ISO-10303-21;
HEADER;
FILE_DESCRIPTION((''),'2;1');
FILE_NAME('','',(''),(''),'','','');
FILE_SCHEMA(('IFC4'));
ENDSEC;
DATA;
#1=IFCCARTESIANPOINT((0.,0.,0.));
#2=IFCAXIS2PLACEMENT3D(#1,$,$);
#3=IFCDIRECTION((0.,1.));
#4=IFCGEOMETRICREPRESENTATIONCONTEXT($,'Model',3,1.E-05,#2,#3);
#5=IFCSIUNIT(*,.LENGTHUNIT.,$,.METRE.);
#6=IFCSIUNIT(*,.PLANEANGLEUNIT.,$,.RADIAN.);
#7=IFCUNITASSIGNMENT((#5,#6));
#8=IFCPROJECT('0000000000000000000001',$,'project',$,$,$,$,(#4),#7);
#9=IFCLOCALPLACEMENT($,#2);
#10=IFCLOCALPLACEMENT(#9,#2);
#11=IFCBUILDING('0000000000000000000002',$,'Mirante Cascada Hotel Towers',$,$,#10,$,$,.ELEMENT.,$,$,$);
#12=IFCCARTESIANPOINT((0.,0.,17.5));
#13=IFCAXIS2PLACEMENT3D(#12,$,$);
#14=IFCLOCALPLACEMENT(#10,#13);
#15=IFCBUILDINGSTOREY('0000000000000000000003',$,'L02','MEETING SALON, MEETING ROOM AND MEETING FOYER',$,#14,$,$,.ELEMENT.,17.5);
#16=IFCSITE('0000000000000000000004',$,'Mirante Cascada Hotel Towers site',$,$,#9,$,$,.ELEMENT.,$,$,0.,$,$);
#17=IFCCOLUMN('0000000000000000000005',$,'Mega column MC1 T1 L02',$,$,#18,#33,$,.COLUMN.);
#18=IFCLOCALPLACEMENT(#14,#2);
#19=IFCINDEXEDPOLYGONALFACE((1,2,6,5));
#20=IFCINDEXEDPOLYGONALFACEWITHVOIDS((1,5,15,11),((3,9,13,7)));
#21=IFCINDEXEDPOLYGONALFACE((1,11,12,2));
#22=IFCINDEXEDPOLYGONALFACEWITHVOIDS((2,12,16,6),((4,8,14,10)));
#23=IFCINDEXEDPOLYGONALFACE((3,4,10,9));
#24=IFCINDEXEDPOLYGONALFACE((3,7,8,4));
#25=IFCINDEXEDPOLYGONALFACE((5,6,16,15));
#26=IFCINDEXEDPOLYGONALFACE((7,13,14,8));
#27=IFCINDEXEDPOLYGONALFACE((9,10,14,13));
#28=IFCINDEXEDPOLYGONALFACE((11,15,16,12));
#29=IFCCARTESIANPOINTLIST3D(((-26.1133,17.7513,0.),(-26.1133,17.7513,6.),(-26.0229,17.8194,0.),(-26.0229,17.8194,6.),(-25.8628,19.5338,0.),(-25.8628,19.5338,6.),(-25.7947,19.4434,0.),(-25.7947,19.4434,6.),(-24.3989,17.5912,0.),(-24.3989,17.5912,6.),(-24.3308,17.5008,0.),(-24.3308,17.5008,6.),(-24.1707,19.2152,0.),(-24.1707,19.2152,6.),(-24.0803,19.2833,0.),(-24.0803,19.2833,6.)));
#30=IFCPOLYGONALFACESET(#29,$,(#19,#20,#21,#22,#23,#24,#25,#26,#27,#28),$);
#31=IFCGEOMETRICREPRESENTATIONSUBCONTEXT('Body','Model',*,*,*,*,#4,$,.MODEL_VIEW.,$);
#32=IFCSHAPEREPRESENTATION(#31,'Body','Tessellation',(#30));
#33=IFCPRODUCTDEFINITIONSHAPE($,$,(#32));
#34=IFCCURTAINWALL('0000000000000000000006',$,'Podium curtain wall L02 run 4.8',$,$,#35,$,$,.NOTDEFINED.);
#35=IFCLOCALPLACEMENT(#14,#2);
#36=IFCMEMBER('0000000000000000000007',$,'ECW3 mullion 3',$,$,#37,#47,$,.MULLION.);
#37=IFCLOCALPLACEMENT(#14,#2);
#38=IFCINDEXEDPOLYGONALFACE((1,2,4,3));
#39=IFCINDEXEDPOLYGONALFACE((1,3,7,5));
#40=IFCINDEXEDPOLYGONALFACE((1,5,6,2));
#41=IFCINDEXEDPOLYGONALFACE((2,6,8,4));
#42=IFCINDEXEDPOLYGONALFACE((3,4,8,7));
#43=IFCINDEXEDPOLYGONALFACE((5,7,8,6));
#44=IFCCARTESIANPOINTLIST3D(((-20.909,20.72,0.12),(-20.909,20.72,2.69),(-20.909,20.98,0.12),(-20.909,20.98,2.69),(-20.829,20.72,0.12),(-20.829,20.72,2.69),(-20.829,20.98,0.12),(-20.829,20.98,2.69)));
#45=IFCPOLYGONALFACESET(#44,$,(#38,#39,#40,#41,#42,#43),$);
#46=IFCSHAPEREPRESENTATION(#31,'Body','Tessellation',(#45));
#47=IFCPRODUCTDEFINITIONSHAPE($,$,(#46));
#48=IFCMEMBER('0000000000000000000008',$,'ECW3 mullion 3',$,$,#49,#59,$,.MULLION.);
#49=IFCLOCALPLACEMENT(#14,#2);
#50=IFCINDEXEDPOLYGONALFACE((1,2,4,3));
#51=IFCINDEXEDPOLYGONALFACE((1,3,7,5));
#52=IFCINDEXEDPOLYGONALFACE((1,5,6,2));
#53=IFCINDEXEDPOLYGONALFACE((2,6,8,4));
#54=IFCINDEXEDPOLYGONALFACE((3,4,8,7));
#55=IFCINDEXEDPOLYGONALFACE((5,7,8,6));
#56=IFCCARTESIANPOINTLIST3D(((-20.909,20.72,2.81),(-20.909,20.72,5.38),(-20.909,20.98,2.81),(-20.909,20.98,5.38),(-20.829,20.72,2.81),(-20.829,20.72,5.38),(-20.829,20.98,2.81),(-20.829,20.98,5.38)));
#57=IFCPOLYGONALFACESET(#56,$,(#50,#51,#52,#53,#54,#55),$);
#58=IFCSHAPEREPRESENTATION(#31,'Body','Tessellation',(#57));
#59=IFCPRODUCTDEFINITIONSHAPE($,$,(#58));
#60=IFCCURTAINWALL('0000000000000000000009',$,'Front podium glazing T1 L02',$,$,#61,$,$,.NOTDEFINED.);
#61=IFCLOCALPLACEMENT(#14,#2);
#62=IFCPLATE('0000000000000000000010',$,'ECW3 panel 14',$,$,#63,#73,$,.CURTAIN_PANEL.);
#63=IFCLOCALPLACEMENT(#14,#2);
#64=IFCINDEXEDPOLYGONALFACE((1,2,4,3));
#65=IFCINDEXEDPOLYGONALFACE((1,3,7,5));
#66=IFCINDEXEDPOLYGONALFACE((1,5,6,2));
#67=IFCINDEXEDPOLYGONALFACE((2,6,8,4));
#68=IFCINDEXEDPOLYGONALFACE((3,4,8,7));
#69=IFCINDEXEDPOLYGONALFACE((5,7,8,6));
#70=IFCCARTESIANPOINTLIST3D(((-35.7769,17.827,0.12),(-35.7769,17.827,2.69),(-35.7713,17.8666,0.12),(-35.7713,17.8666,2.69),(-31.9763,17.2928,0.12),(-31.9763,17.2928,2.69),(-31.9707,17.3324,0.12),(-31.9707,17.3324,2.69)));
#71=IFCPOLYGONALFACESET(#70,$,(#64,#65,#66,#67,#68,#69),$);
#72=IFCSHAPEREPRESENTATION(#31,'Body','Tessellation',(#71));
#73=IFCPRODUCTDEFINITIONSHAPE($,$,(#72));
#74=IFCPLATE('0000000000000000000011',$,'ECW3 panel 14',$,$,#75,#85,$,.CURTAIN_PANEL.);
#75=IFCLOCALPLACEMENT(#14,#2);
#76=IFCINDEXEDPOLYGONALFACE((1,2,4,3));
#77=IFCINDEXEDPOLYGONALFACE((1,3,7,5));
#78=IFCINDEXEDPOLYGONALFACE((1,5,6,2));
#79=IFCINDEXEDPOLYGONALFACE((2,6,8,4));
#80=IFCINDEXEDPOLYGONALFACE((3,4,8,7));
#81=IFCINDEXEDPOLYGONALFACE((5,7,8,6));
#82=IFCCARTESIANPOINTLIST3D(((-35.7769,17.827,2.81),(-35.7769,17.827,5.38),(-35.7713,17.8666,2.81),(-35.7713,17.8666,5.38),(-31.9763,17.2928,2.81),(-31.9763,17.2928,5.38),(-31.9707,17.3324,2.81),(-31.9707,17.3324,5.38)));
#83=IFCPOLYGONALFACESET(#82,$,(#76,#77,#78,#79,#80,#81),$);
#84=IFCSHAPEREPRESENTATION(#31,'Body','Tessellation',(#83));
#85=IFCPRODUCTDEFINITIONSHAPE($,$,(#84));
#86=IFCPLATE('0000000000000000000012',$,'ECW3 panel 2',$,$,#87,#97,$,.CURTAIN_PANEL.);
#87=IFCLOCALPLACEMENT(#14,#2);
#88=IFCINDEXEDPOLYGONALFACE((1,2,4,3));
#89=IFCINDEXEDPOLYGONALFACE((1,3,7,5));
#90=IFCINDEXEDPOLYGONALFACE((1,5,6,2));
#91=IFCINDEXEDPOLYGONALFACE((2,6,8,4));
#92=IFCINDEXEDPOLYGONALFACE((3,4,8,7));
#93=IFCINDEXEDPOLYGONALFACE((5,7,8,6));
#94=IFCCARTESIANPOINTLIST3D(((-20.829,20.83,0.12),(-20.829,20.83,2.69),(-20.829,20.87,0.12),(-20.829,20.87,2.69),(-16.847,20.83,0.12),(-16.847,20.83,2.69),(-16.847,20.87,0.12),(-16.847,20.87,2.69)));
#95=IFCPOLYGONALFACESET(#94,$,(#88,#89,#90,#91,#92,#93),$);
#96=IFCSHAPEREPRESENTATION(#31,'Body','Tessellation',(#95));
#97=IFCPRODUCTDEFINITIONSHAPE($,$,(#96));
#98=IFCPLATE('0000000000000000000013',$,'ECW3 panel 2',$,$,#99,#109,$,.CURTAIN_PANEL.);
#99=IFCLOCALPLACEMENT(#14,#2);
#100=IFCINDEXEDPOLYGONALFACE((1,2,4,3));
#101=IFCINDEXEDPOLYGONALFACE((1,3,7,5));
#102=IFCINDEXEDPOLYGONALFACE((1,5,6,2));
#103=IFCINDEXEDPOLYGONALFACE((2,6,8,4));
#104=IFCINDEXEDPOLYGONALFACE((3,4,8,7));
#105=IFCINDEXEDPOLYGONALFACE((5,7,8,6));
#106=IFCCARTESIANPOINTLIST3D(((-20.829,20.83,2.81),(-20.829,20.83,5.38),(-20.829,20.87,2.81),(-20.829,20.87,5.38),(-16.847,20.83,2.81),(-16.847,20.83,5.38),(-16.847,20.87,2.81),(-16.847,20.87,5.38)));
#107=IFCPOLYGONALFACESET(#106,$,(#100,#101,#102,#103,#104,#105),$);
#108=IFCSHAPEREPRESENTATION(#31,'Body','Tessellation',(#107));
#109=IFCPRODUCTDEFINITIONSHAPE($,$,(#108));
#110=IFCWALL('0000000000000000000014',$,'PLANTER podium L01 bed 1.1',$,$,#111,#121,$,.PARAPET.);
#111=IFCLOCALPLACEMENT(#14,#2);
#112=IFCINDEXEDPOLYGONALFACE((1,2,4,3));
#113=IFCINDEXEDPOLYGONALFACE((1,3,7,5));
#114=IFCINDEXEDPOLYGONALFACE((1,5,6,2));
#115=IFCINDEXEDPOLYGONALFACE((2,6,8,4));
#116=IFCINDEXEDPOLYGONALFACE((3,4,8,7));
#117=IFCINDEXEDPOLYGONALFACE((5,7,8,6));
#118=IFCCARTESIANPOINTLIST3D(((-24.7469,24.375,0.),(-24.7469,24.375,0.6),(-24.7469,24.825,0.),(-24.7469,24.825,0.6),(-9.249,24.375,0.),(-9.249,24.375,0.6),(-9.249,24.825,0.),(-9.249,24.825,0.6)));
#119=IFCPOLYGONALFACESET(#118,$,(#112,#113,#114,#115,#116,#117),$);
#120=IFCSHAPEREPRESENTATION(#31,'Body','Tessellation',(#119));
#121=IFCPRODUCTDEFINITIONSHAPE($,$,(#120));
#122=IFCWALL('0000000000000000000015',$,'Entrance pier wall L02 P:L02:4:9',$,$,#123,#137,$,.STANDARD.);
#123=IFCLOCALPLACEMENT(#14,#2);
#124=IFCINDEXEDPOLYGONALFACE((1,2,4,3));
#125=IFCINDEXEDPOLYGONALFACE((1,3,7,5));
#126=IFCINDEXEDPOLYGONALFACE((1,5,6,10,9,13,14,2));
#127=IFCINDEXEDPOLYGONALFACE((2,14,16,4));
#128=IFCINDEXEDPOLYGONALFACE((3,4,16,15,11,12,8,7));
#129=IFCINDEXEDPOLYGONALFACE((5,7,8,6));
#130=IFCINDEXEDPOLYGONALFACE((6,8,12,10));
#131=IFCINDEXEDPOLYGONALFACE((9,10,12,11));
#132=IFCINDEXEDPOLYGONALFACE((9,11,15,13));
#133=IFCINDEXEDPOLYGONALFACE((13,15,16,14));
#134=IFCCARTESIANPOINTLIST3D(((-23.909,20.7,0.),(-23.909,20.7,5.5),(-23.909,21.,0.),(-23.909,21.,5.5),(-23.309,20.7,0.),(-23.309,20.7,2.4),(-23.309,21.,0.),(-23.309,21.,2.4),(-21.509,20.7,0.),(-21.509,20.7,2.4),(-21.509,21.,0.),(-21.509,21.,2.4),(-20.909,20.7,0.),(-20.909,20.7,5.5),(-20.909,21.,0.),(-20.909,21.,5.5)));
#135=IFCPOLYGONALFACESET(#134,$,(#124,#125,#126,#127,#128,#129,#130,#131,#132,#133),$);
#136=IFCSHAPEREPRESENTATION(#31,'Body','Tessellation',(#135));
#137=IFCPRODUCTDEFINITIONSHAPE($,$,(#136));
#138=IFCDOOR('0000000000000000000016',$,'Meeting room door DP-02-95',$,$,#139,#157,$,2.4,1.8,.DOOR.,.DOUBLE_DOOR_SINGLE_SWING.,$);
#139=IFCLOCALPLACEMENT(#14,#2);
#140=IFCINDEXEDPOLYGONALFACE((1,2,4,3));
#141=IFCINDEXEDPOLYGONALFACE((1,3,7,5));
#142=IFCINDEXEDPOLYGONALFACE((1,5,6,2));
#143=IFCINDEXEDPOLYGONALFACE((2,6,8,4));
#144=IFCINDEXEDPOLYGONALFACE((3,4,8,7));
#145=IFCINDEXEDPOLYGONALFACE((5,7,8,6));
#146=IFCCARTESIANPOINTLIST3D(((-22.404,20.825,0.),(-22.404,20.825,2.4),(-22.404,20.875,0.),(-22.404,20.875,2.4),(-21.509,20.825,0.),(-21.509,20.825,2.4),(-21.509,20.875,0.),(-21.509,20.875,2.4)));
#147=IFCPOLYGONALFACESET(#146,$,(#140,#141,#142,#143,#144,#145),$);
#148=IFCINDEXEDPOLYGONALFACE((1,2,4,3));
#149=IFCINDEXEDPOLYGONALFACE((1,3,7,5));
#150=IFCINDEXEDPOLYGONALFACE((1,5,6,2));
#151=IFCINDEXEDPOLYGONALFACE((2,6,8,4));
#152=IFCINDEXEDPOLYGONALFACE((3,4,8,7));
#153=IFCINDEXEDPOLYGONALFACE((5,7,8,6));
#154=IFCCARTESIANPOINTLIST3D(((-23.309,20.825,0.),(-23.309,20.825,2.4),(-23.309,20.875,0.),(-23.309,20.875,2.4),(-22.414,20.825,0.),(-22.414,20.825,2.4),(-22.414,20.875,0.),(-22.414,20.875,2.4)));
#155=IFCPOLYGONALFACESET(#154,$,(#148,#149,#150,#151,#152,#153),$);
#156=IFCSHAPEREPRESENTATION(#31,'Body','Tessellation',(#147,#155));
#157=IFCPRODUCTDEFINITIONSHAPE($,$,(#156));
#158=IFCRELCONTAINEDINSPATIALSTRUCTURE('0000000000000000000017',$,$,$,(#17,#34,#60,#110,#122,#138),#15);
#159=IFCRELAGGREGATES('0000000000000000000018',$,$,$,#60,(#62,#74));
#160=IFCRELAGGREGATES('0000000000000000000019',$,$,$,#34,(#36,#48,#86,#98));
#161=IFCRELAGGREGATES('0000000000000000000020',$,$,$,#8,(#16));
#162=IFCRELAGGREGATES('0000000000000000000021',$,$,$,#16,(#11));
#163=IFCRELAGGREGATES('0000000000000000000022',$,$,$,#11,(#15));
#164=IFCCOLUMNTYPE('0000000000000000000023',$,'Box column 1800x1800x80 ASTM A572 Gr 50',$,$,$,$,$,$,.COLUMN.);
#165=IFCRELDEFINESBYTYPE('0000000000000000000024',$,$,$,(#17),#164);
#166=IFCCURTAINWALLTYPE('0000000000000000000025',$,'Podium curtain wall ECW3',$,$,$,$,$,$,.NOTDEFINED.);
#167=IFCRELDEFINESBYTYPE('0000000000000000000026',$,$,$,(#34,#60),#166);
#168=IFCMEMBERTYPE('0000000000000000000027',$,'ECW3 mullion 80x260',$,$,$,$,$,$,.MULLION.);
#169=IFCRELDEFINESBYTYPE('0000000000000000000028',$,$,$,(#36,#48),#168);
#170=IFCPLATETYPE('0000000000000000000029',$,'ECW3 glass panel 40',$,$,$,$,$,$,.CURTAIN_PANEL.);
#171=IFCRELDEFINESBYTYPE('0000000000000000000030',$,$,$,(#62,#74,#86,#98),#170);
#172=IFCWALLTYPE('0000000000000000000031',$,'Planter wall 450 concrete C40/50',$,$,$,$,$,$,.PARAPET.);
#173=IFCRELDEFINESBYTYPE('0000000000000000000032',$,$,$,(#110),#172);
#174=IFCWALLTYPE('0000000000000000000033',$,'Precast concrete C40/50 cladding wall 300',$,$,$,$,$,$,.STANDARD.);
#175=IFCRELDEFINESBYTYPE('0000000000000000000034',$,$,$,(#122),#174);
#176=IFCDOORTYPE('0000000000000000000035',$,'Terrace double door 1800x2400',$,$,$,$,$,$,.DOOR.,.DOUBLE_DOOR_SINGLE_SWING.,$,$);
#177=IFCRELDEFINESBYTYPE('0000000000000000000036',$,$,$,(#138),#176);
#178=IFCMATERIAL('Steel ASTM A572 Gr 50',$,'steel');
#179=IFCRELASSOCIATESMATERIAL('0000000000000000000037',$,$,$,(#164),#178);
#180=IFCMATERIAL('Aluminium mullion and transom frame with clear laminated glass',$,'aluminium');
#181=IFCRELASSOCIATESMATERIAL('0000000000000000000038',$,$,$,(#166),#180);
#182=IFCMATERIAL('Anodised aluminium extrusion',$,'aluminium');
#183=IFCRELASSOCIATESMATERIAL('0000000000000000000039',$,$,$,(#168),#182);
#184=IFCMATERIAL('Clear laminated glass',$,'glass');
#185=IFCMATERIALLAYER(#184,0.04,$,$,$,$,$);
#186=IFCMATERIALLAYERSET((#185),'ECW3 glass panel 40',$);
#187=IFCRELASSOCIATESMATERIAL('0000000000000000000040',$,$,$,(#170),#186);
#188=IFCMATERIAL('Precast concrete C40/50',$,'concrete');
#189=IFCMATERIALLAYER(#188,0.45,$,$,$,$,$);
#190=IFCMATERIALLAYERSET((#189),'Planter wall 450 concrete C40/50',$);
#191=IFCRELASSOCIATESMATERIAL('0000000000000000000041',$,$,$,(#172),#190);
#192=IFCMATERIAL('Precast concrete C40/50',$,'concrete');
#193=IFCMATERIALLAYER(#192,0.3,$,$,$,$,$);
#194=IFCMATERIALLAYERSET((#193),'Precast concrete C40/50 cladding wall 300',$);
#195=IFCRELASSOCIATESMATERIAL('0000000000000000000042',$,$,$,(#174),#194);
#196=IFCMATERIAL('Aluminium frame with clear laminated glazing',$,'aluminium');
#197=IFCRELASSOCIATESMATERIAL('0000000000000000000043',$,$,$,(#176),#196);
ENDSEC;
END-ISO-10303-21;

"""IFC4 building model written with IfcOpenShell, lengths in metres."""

from ifc_helpers import new_model, si_unit, direction, frame, frame_2d, origin, origin_2d, place, context, subcontext, project, spatial, rectangle, hollow_rectangle, extrude, material, layer, layer_set, material_profile, profile_set, type_object, element, fill, aggregate, save


model = new_model("IFC4")

# Units and contexts
model_context = context("Model", 3, precision=1e-05, world=origin(), true_north=direction((0.0, 1.0)))
body_context = subcontext(model_context, "Body", "Model", "MODEL_VIEW")
ifc_project = project(units=[si_unit("LENGTHUNIT", "METRE"), si_unit("PLANEANGLEUNIT", "RADIAN")], contexts=[model_context])

# Site, building, storey
site_placement = place(None, origin())
site = spatial("IfcSite", under=ifc_project, at=site_placement, Name="Mirante Cascada Hotel Towers site", CompositionType="ELEMENT", RefElevation=0.0)
building_placement = place(site_placement, origin())
building = spatial("IfcBuilding", under=site, at=building_placement, Name="Mirante Cascada Hotel Towers", CompositionType="ELEMENT")
storey_placement = place(building_placement, frame((0.0, 0.0, 17.5)))
storey = spatial("IfcBuildingStorey", under=building, at=storey_placement, Name="L02", Description="MEETING SALON, MEETING ROOM AND MEETING FOYER", CompositionType="ELEMENT", Elevation=17.5)

# Column
ifc_material_1 = material(Name="Steel ASTM A572 Gr 50", Category="steel")
ifc_material_profile_1 = material_profile(ifc_material_1, hollow_rectangle(XDim=1.8, YDim=1.8, WallThickness=0.08, at=origin_2d()), Name="Box column 1800x1800x80 ASTM A572 Gr 50")
ifc_profile_set_1 = profile_set([ifc_material_profile_1], Name="Steel ASTM A572 Gr 50")
column_type = type_object("IfcColumnType", Name="Box column 1800x1800x80 ASTM A572 Gr 50", PredefinedType="COLUMN", material=ifc_profile_set_1)
column_placement = place(storey_placement, frame((-25.0968, 18.5173, 0.0), z_axis=(0.0, 0.0, 1.0), x_axis=(-0.990268, 0.139173, 0.0)))
element("IfcColumn", 1, at=column_placement, inside=storey, type_object=column_type, Name="Mega column MC1 T1 L02", PredefinedType="COLUMN", context=body_context, shape_type="SweptSolid", body=[
    extrude(hollow_rectangle(XDim=1.8, YDim=1.8, WallThickness=0.08, at=origin_2d()), origin(), (0.0, 0.0, 1.0), 6.0),
])

# Curtain wall, members
ifc_material_2 = material(Name="Aluminium mullion and transom frame with clear laminated glass", Category="aluminium")
curtain_wall_type = type_object("IfcCurtainWallType", Name="Podium curtain wall ECW3", PredefinedType="NOTDEFINED", material=ifc_material_2)
curtain_wall_1_placement = place(storey_placement, origin())
curtain_wall_1 = element("IfcCurtainWall", 2, at=curtain_wall_1_placement, inside=storey, type_object=curtain_wall_type, Name="Podium curtain wall L02 run 4.8", PredefinedType="NOTDEFINED")
ifc_material_3 = material(Name="Anodised aluminium extrusion", Category="aluminium")
ifc_material_profile_2 = material_profile(ifc_material_3, rectangle(XDim=0.26, YDim=0.08, at=origin_2d()), Name="ECW3 MULLION 80x260")
ifc_profile_set_2 = profile_set([ifc_material_profile_2], Name="Anodised aluminium extrusion")
member_type = type_object("IfcMemberType", Name="ECW3 mullion 80x260", PredefinedType="MULLION", material=ifc_profile_set_2)
member_1_placement = place(storey_placement, frame((-20.869, 20.85, 0.12), z_axis=(0.0, 0.0, 1.0), x_axis=(0.0, -1.0, 0.0)))
member_1 = element("IfcMember", 3, at=member_1_placement, type_object=member_type, Name="ECW3 mullion 3", PredefinedType="MULLION", context=body_context, shape_type="SweptSolid", body=[
    extrude(rectangle(XDim=0.26, YDim=0.08, at=origin_2d()), origin(), (0.0, 0.0, 1.0), 2.57),
])
member_2_placement = place(storey_placement, frame((-20.869, 20.85, 2.81), z_axis=(0.0, 0.0, 1.0), x_axis=(0.0, -1.0, 0.0)))
member_2 = element("IfcMember", 4, at=member_2_placement, type_object=member_type, Name="ECW3 mullion 3", PredefinedType="MULLION", context=body_context, shape_type="SweptSolid", body=[
    extrude(rectangle(XDim=0.26, YDim=0.08, at=origin_2d()), origin(), (0.0, 0.0, 1.0), 2.57),
])

# Curtain wall, plates
curtain_wall_2_placement = place(storey_placement, origin())
curtain_wall_2 = element("IfcCurtainWall", 5, at=curtain_wall_2_placement, inside=storey, type_object=curtain_wall_type, Name="Front podium glazing T1 L02", PredefinedType="NOTDEFINED")
ifc_material_4 = material(Name="Clear laminated glass", Category="glass")
ifc_layer_1 = layer(ifc_material_4, 0.04)
ifc_layer_set_1 = layer_set([ifc_layer_1], Name="ECW3 glass panel 40")
plate_type = type_object("IfcPlateType", Name="ECW3 glass panel 40", PredefinedType="CURTAIN_PANEL", material=ifc_layer_set_1)
plate_1_placement = place(storey_placement, frame((-33.8738, 17.5797, 0.12), z_axis=(0.0, 0.0, 1.0), x_axis=(0.990268, -0.139173, 0.0)))
plate_1 = element("IfcPlate", 6, at=plate_1_placement, type_object=plate_type, Name="ECW3 panel 14", PredefinedType="CURTAIN_PANEL", context=body_context, shape_type="SweptSolid", body=[
    extrude(rectangle(XDim=3.8379, YDim=0.04, at=origin_2d()), origin(), (0.0, 0.0, 1.0), 2.57),
])
plate_2_placement = place(storey_placement, frame((-33.8738, 17.5797, 2.81), z_axis=(0.0, 0.0, 1.0), x_axis=(0.990268, -0.139173, 0.0)))
plate_2 = element("IfcPlate", 7, at=plate_2_placement, type_object=plate_type, Name="ECW3 panel 14", PredefinedType="CURTAIN_PANEL", context=body_context, shape_type="SweptSolid", body=[
    extrude(rectangle(XDim=3.8379, YDim=0.04, at=origin_2d()), origin(), (0.0, 0.0, 1.0), 2.57),
])
aggregate(curtain_wall_2, [plate_1, plate_2])

# Plates
plate_3_placement = place(storey_placement, frame((-18.838, 20.85, 0.12), z_axis=(0.0, 0.0, 1.0), x_axis=(-1.0, 0.0, 0.0)))
plate_3 = element("IfcPlate", 8, at=plate_3_placement, type_object=plate_type, Name="ECW3 panel 2", PredefinedType="CURTAIN_PANEL", context=body_context, shape_type="SweptSolid", body=[
    extrude(rectangle(XDim=3.982, YDim=0.04, at=origin_2d()), origin(), (0.0, 0.0, 1.0), 2.57),
])
plate_4_placement = place(storey_placement, frame((-18.838, 20.85, 2.81), z_axis=(0.0, 0.0, 1.0), x_axis=(-1.0, 0.0, 0.0)))
plate_4 = element("IfcPlate", 9, at=plate_4_placement, type_object=plate_type, Name="ECW3 panel 2", PredefinedType="CURTAIN_PANEL", context=body_context, shape_type="SweptSolid", body=[
    extrude(rectangle(XDim=3.982, YDim=0.04, at=origin_2d()), origin(), (0.0, 0.0, 1.0), 2.57),
])
aggregate(curtain_wall_1, [member_1, member_2, plate_3, plate_4])

# Wall
ifc_material_5 = material(Name="Precast concrete C40/50", Category="concrete")
ifc_layer_2 = layer(ifc_material_5, 0.45)
ifc_layer_set_2 = layer_set([ifc_layer_2], Name="Planter wall 450 concrete C40/50")
wall_type_1 = type_object("IfcWallType", Name="Planter wall 450 concrete C40/50", PredefinedType="PARAPET", material=ifc_layer_set_2)
wall_1_placement = place(storey_placement, frame((-24.7469, 24.6, 0.0), z_axis=(0.0, 0.0, 1.0), x_axis=(1.0, 0.0, 0.0)))
element("IfcWall", 10, at=wall_1_placement, inside=storey, type_object=wall_type_1, Name="PLANTER podium L01 bed 1.1", PredefinedType="PARAPET", context=body_context, shape_type="SweptSolid", body=[
    extrude(rectangle(XDim=15.4979, YDim=0.45, at=frame_2d((7.749, 0.0))), origin(), (0.0, 0.0, 1.0), 0.6),
])

# Wall, opening, door
ifc_material_6 = material(Name="Precast concrete C40/50", Category="concrete")
ifc_layer_3 = layer(ifc_material_6, 0.3)
ifc_layer_set_3 = layer_set([ifc_layer_3], Name="Precast concrete C40/50 cladding wall 300")
wall_type_2 = type_object("IfcWallType", Name="Precast concrete C40/50 cladding wall 300", PredefinedType="STANDARD", material=ifc_layer_set_3)
wall_2_placement = place(storey_placement, frame((-20.909, 20.85, 0.0), z_axis=(0.0, 0.0, 1.0), x_axis=(-1.0, 0.0, 0.0)))
wall_2 = element("IfcWall", 11, at=wall_2_placement, inside=storey, type_object=wall_type_2, Name="Entrance pier wall L02 P:L02:4:9", PredefinedType="STANDARD", context=body_context, shape_type="SweptSolid", body=[
    extrude(rectangle(XDim=3.0, YDim=0.3, at=frame_2d((1.5, 0.0))), origin(), (0.0, 0.0, 1.0), 5.5),
])
opening_1_placement = place(wall_2_placement, frame((0.6, 0.0, 0.0)))
opening_1 = element("IfcOpeningElement", 12, at=opening_1_placement, cuts=wall_2, PredefinedType="OPENING", context=body_context, shape_type="SweptSolid", body=[
    extrude(rectangle(XDim=1.8, YDim=2.4, at=frame_2d((0.9, 1.2))), frame((0.0, 0.15, 0.0), z_axis=(0.0, -1.0, 0.0), x_axis=(1.0, 0.0, 0.0)), (0.0, 0.0, 1.0), 0.3),
])
ifc_material_7 = material(Name="Aluminium frame with clear laminated glazing", Category="aluminium")
door_type = type_object("IfcDoorType", Name="Terrace double door 1800x2400", OperationType="DOUBLE_DOOR_SINGLE_SWING", PredefinedType="DOOR", material=ifc_material_7)
door_placement = place(opening_1_placement, origin())
door = element("IfcDoor", 13, at=door_placement, inside=storey, type_object=door_type, Name="Meeting room door DP-02-95", OperationType="DOUBLE_DOOR_SINGLE_SWING", OverallHeight=2.4, OverallWidth=1.8, PredefinedType="DOOR", context=body_context, shape_type="SweptSolid", body=[
    extrude(rectangle(XDim=0.895, YDim=2.4, at=frame_2d((0.4475, 1.2))), frame((0.0, 0.025, 0.0), z_axis=(0.0, -1.0, 0.0), x_axis=(1.0, 0.0, 0.0)), (0.0, 0.0, 1.0), 0.05),
    extrude(rectangle(XDim=0.895, YDim=2.4, at=frame_2d((1.3525, 1.2))), frame((0.0, 0.025, 0.0), z_axis=(0.0, -1.0, 0.0), x_axis=(1.0, 0.0, 0.0)), (0.0, 0.0, 1.0), 0.05),
])
fill(opening_1, door)

save(model, "model.ifc")
